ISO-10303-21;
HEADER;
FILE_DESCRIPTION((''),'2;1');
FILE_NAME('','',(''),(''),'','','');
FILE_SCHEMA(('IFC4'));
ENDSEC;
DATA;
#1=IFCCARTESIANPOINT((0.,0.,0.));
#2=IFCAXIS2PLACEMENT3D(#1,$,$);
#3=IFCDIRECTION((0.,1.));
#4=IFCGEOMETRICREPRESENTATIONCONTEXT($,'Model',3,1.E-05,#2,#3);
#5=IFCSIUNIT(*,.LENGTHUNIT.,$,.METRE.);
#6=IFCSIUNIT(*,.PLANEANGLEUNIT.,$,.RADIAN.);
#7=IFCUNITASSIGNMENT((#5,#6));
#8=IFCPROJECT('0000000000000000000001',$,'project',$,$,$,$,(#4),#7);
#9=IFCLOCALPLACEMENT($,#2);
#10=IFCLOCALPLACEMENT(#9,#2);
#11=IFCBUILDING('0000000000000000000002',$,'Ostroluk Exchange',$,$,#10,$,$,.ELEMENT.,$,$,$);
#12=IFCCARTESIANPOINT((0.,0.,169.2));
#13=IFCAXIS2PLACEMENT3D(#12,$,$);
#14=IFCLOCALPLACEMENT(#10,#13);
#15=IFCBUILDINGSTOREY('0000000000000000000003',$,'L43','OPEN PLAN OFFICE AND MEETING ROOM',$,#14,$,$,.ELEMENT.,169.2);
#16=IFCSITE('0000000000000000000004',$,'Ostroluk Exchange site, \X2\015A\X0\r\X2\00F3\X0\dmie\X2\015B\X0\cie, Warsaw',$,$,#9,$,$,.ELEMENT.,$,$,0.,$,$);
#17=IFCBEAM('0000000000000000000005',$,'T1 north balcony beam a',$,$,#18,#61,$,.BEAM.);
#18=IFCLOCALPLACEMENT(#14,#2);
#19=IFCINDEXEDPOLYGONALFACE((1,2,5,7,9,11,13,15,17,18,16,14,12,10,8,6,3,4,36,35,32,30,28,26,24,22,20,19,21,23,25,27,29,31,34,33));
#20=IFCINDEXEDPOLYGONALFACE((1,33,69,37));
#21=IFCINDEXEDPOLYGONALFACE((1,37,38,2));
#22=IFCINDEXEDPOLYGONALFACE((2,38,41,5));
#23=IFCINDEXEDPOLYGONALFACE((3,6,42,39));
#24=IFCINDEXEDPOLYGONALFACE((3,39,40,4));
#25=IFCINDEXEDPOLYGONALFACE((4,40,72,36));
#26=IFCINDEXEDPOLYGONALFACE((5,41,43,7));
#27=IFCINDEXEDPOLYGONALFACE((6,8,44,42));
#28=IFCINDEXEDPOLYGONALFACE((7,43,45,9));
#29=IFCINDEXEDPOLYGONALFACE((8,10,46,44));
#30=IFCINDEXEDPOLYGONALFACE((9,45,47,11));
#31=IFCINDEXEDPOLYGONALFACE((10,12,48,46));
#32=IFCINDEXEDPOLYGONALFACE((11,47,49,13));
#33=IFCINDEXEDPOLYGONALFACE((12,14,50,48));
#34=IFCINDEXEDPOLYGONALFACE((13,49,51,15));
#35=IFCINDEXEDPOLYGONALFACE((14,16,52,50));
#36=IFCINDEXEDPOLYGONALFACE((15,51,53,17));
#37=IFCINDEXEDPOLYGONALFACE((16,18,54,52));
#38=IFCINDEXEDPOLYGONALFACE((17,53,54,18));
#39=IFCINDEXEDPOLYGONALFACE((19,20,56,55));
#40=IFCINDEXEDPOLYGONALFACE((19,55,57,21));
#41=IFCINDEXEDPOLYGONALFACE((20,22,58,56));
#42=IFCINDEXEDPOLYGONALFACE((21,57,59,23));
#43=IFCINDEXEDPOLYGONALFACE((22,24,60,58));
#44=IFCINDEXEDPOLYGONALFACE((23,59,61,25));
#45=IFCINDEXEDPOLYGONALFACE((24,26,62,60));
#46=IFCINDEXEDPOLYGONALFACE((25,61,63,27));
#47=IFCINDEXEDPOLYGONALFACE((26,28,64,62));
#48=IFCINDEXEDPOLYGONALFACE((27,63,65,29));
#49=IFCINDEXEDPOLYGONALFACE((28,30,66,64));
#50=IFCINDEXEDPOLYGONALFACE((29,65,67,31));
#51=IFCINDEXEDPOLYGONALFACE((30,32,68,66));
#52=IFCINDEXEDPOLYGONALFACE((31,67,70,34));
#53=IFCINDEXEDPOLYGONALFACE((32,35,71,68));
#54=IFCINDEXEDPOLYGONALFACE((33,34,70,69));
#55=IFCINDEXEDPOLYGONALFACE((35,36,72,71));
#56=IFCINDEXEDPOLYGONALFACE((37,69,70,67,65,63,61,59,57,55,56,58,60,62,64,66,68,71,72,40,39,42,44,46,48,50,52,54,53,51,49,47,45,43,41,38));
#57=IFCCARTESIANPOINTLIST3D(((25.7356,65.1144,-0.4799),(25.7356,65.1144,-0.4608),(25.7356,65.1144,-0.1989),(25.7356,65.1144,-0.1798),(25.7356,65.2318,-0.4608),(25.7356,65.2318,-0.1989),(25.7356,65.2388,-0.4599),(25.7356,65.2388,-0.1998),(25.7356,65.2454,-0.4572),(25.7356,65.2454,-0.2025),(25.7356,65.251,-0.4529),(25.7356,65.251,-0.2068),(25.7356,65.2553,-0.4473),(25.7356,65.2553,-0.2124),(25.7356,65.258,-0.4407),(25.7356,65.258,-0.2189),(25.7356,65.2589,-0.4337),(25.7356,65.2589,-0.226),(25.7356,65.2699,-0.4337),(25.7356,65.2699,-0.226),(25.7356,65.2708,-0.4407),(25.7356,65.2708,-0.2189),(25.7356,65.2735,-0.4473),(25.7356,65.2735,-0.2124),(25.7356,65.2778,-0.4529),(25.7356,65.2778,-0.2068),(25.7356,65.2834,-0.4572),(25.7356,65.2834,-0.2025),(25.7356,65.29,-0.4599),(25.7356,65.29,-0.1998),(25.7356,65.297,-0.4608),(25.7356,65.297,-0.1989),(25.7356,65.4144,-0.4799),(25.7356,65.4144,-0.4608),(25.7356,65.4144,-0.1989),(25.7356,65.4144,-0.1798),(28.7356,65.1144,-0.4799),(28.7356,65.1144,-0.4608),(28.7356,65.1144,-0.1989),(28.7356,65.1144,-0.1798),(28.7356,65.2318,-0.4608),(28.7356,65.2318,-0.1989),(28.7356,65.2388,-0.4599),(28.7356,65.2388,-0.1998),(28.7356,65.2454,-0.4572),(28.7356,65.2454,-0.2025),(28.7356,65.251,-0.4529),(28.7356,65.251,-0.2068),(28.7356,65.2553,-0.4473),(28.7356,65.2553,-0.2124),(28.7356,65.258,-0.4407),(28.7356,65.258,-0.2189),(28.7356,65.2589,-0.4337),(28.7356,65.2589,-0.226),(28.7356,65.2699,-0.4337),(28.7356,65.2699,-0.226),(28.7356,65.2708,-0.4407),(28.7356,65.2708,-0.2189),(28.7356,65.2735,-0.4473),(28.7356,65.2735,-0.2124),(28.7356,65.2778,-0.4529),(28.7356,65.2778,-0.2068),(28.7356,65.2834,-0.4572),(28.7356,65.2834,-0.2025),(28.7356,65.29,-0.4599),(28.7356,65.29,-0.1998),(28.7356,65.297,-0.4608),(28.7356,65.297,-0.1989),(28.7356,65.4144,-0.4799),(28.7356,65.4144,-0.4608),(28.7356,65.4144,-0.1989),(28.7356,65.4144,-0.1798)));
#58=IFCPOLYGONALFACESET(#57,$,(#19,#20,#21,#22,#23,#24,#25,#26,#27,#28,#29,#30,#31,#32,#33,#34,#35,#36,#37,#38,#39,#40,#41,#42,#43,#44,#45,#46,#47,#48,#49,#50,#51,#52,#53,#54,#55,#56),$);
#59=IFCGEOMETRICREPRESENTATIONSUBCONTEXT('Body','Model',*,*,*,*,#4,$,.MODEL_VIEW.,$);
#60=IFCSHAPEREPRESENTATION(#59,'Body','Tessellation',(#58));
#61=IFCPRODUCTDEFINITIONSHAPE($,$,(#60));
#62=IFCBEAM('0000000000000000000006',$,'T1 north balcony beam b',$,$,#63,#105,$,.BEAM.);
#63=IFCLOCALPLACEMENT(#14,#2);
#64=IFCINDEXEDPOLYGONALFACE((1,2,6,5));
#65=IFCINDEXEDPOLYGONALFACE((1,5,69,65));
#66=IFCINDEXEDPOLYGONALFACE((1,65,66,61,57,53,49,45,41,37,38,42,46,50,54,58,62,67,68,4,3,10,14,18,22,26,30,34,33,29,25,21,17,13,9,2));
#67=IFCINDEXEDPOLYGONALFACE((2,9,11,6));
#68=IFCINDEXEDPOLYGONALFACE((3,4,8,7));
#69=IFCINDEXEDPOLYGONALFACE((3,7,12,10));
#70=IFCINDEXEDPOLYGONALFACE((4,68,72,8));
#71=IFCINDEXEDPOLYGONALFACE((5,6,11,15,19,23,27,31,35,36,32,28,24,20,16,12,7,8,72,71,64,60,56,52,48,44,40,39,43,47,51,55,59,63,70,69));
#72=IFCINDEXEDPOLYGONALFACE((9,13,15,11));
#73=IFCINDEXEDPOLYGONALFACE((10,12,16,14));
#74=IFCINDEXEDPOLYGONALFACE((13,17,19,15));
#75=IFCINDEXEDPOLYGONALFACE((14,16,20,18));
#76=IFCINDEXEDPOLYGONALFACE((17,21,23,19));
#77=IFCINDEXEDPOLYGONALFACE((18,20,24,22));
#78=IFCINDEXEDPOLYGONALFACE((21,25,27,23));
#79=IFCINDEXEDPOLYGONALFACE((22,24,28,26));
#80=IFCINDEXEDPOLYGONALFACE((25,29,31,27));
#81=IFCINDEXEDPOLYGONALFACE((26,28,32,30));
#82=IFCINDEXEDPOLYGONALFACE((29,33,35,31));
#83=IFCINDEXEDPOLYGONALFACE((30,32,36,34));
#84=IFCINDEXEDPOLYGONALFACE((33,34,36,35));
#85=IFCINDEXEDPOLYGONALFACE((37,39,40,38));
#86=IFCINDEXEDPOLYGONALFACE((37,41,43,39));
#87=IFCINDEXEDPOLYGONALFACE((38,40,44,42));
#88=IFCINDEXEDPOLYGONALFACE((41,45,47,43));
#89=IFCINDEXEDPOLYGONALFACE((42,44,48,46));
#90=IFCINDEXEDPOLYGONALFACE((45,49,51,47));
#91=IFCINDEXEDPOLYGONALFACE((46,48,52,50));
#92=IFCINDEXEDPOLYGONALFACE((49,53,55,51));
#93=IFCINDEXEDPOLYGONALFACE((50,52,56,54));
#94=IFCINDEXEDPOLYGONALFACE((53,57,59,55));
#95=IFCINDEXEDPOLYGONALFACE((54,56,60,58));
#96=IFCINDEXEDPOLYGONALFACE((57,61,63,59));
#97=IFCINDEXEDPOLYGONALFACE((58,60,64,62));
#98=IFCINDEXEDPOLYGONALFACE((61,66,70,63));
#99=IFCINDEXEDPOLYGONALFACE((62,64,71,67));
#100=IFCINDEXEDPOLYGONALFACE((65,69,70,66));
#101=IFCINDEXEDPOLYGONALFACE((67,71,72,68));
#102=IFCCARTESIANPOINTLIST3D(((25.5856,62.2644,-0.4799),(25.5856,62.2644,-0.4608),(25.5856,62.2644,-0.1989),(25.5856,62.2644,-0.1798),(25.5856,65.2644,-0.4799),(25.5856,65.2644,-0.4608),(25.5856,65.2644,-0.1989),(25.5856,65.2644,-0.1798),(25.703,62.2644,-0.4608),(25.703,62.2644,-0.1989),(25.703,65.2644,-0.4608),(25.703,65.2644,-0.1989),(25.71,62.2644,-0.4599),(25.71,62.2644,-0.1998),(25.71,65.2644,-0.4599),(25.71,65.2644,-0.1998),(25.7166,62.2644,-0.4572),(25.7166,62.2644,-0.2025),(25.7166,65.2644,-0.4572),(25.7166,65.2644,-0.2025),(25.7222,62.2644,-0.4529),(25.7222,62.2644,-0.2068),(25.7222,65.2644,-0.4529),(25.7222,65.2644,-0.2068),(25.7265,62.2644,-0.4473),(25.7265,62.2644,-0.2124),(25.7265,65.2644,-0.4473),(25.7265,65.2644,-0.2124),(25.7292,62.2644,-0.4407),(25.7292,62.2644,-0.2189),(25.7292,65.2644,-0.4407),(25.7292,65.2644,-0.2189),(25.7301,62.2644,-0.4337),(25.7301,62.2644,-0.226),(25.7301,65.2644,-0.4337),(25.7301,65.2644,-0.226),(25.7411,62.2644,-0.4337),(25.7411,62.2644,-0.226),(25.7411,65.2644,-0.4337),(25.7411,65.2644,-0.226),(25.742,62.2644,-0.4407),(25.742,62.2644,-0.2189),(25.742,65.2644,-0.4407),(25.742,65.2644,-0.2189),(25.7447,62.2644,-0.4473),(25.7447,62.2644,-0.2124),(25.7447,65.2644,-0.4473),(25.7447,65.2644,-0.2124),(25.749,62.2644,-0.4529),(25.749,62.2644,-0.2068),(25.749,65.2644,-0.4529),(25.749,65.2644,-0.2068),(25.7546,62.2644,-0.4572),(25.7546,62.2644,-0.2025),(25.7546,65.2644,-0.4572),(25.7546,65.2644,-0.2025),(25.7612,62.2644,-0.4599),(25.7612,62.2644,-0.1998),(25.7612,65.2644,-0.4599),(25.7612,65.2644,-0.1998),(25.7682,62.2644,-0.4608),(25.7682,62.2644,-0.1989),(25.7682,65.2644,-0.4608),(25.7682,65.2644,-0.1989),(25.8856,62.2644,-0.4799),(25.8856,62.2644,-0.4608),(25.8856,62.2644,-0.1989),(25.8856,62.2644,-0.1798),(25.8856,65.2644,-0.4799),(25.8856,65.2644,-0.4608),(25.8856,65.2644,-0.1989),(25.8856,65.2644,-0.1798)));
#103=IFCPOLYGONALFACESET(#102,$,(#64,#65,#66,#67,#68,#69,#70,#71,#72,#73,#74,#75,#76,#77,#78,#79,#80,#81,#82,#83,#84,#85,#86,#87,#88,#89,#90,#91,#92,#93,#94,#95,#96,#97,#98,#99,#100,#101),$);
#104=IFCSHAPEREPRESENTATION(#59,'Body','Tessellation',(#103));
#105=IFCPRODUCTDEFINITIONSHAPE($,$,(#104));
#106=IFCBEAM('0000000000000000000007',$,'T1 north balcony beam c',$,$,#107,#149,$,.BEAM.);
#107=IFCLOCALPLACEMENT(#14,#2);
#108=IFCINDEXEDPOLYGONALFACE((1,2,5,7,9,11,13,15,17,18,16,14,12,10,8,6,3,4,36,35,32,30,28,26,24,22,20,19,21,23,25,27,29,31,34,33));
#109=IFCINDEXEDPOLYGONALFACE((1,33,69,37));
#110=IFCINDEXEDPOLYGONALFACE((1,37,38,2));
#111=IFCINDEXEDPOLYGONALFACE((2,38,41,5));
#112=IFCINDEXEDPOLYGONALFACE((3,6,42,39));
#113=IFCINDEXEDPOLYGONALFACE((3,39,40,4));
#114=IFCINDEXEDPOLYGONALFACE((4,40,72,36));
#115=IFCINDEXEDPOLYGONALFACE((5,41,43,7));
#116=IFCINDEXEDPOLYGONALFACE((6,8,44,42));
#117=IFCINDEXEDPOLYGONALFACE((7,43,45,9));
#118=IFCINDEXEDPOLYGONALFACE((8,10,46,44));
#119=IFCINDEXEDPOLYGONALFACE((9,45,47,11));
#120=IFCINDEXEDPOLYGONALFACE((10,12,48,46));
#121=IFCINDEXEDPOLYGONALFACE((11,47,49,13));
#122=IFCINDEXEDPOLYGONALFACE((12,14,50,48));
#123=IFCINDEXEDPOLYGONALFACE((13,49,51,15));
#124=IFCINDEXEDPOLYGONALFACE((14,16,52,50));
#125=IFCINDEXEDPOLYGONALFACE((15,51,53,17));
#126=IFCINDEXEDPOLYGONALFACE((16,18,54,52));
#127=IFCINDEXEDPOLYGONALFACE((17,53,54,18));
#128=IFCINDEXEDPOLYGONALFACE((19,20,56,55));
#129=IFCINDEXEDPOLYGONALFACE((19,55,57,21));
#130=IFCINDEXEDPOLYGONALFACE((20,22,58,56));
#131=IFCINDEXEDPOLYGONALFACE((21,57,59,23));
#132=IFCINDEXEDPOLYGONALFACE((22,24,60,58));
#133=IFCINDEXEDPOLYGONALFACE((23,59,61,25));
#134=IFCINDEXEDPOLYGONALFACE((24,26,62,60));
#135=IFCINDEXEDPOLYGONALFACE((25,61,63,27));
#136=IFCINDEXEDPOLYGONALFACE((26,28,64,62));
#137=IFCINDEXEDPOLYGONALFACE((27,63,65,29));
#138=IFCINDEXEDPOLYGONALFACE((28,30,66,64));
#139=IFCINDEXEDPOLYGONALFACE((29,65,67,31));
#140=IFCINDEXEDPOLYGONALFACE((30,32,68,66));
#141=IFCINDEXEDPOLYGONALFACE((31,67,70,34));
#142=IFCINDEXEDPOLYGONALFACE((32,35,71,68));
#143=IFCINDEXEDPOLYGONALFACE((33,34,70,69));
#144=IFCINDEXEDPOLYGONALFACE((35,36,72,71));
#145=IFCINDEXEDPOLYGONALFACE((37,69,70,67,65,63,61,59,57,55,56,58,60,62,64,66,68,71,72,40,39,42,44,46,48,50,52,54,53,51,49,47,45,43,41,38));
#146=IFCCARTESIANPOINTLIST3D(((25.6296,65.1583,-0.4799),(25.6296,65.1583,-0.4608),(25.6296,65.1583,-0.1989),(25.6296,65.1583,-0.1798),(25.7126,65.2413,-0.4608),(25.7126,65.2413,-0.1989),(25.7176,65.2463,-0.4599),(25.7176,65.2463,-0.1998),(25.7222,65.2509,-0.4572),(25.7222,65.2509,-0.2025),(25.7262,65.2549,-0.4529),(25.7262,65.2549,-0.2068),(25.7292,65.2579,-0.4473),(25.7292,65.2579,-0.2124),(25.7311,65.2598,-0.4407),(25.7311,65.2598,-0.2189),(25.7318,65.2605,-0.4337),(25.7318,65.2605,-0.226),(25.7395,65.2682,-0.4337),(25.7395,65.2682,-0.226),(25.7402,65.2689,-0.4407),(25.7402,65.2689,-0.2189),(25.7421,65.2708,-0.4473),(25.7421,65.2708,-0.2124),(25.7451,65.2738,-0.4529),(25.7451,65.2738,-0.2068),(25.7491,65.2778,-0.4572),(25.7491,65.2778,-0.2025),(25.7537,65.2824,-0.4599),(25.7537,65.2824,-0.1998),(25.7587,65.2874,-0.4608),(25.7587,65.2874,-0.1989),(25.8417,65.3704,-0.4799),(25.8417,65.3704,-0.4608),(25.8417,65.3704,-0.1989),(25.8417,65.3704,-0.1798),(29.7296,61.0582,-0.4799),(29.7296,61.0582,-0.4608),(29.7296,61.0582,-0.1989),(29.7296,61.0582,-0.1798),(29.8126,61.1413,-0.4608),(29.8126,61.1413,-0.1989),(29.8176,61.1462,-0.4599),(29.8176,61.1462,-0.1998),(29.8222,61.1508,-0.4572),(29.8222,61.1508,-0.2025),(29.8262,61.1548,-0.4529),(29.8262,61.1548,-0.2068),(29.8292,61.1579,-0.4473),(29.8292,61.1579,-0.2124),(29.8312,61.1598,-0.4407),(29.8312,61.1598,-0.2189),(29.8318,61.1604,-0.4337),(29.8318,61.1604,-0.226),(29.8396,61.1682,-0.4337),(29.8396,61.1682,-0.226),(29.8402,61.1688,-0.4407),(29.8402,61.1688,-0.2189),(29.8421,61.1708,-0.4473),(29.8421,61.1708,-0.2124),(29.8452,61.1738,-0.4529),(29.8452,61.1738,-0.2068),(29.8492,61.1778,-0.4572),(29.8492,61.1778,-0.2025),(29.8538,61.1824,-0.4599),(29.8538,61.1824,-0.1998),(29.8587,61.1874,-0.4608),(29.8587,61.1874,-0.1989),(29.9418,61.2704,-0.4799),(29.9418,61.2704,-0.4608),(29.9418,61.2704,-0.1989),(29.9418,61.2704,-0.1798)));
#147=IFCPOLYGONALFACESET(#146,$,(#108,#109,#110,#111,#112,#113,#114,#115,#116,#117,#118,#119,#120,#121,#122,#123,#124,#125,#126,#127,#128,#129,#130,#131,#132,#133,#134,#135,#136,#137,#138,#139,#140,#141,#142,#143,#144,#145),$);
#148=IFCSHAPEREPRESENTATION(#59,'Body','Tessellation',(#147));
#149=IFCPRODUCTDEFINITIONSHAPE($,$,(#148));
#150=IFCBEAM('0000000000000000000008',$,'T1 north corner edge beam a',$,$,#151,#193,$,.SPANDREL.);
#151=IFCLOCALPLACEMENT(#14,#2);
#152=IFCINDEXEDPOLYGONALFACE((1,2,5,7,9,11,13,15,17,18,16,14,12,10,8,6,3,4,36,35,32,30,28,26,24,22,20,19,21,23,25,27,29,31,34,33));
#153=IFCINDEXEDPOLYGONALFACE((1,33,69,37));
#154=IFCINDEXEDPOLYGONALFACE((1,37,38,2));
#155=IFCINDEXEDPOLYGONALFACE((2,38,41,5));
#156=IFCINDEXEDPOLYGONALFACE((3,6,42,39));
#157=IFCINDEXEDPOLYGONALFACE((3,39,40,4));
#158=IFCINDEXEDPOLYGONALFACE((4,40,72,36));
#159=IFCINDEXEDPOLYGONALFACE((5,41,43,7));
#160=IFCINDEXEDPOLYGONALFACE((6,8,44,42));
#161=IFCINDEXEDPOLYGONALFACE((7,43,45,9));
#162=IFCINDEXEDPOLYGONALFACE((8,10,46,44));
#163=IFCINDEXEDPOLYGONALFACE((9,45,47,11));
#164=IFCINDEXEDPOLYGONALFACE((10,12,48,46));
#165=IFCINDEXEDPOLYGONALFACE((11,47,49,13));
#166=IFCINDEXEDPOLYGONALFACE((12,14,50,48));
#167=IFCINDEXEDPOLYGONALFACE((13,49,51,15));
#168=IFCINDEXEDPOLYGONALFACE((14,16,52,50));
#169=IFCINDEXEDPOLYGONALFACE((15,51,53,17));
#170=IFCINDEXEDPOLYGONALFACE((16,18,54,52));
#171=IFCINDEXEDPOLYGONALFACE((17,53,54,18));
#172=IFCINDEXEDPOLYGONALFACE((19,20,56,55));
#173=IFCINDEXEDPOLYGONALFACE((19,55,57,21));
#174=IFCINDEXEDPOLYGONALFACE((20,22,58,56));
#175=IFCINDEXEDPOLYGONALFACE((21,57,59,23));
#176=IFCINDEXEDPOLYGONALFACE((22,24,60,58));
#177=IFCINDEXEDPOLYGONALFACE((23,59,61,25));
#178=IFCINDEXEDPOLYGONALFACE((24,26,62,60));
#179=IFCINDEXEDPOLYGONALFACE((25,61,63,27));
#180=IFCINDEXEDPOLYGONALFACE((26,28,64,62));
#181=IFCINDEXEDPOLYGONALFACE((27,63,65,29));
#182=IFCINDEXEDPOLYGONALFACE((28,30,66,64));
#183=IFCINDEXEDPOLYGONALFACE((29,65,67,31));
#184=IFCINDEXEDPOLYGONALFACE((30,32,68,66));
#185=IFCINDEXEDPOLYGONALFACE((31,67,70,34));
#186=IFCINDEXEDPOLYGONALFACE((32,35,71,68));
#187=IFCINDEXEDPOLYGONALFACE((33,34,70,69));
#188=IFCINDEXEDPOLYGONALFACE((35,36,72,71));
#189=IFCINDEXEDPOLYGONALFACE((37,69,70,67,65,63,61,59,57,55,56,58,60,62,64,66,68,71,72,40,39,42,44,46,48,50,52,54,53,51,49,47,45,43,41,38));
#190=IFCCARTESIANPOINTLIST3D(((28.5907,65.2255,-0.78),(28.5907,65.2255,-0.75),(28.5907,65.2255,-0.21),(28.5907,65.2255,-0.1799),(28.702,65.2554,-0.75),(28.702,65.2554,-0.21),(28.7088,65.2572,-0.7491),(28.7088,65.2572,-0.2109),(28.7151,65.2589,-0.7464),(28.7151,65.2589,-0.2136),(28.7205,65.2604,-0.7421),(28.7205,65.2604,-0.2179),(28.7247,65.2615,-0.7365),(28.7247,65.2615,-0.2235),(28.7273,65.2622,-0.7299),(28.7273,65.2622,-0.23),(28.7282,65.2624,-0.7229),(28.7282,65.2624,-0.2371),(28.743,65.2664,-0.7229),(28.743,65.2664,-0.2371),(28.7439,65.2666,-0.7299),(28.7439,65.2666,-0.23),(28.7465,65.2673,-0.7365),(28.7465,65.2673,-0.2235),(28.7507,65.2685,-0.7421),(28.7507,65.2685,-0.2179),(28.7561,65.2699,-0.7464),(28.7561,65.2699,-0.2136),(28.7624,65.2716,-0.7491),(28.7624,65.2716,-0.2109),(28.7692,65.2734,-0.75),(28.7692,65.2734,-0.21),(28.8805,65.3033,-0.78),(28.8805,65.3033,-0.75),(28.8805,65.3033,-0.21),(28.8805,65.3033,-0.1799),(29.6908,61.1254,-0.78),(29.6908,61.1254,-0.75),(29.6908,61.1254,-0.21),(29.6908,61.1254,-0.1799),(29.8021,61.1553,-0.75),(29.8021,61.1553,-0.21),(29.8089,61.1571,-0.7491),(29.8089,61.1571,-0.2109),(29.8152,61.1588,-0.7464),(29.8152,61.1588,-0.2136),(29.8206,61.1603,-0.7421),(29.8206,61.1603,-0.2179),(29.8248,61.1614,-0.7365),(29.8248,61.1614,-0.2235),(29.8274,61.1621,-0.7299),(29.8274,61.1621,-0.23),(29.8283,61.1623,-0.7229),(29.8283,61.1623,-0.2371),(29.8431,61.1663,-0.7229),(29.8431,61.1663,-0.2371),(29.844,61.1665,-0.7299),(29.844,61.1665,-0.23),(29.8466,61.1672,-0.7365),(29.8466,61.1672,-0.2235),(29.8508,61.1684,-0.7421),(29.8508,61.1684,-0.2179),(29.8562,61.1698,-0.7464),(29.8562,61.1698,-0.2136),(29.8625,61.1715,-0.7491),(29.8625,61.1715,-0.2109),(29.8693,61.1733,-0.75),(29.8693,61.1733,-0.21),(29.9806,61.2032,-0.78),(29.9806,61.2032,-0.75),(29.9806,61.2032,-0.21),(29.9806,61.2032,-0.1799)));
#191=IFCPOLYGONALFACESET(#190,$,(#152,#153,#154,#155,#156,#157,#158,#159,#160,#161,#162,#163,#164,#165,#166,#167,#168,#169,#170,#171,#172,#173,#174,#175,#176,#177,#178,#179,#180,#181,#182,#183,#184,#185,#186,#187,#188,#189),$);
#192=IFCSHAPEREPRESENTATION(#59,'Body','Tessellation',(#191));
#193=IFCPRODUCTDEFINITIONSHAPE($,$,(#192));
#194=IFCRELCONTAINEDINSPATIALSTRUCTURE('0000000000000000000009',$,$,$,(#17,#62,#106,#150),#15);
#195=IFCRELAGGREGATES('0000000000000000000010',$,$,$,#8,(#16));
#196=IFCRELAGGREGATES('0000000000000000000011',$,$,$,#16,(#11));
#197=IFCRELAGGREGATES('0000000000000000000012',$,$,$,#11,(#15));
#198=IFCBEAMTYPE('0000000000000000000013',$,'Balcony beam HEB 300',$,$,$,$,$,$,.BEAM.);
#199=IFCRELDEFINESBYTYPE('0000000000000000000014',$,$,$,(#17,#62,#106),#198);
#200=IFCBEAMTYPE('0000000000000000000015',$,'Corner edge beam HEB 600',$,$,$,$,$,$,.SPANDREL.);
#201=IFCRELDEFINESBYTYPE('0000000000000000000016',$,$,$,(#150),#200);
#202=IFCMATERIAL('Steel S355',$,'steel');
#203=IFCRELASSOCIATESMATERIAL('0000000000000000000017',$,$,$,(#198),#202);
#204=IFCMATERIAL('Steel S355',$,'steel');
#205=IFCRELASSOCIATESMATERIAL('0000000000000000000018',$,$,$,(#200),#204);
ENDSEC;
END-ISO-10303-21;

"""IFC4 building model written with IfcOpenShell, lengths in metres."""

from ifc_helpers import new_model, si_unit, direction, frame, origin, origin_2d, place, context, subcontext, project, spatial, i_section, extrude, material, material_profile, profile_set, type_object, element, save


model = new_model("IFC4")

# Units and contexts
model_context = context("Model", 3, precision=1e-05, world=origin(), true_north=direction((0.0, 1.0)))
body_context = subcontext(model_context, "Body", "Model", "MODEL_VIEW")
ifc_project = project(units=[si_unit("LENGTHUNIT", "METRE"), si_unit("PLANEANGLEUNIT", "RADIAN")], contexts=[model_context])

# Site, building, storey
site_placement = place(None, origin())
site = spatial("IfcSite", under=ifc_project, at=site_placement, Name="Ostroluk Exchange site, Śródmieście, Warsaw", CompositionType="ELEMENT", RefElevation=0.0)
building_placement = place(site_placement, origin())
building = spatial("IfcBuilding", under=site, at=building_placement, Name="Ostroluk Exchange", CompositionType="ELEMENT")
storey_placement = place(building_placement, frame((0.0, 0.0, 169.2)))
storey = spatial("IfcBuildingStorey", under=building, at=storey_placement, Name="L43", Description="OPEN PLAN OFFICE AND MEETING ROOM", CompositionType="ELEMENT", Elevation=169.2)

# Beams
ifc_material_1 = material(Name="Steel S355", Category="steel")
ifc_material_profile_1 = material_profile(ifc_material_1, i_section(OverallWidth=0.3, OverallDepth=0.3, WebThickness=0.011, FlangeThickness=0.019, FilletRadius=0.0271, at=origin_2d()), Name="HEB 300")
ifc_profile_set_1 = profile_set([ifc_material_profile_1], Name="Steel S355")
beam_type_1 = type_object("IfcBeamType", Name="Balcony beam HEB 300", PredefinedType="BEAM", material=ifc_profile_set_1)
for number, where, z_axis, x_axis, name in (
    (1, (28.7356, 65.2644, -0.3298), (-1.0, 0.0, 0.0), (0.0, -1.0, 0.0), "T1 north balcony beam a"),
    (2, (25.7356, 62.2644, -0.3298), (0.0, 1.0, 0.0), (-1.0, 0.0, 0.0), "T1 north balcony beam b"),
):
    element("IfcBeam", number, at=place(storey_placement, frame(where, z_axis=z_axis, x_axis=x_axis)), inside=storey, type_object=beam_type_1, Name=name, PredefinedType="BEAM", context=body_context, shape_type="SweptSolid", body=[
        extrude(i_section(OverallWidth=0.3, OverallDepth=0.3, WebThickness=0.011, FlangeThickness=0.019, FilletRadius=0.0271, at=origin_2d()), origin(), (0.0, 0.0, 1.0), 3.0),
    ])
beam_1_placement = place(storey_placement, frame((29.8357, 61.1643, -0.3298), z_axis=(-0.707107, 0.707107, 0.0), x_axis=(-0.707107, -0.707107, 0.0)))
element("IfcBeam", 3, at=beam_1_placement, inside=storey, type_object=beam_type_1, Name="T1 north balcony beam c", PredefinedType="BEAM", context=body_context, shape_type="SweptSolid", body=[
    extrude(i_section(OverallWidth=0.3, OverallDepth=0.3, WebThickness=0.011, FlangeThickness=0.019, FilletRadius=0.0271, at=origin_2d()), origin(), (0.0, 0.0, 1.0), 5.7983),
])
ifc_material_2 = material(Name="Steel S355", Category="steel")
ifc_material_profile_2 = material_profile(ifc_material_2, i_section(OverallWidth=0.3, OverallDepth=0.6001, WebThickness=0.0154, FlangeThickness=0.03, FilletRadius=0.0271, at=origin_2d()), Name="HEB 600")
ifc_profile_set_2 = profile_set([ifc_material_profile_2], Name="Steel S355")
beam_type_2 = type_object("IfcBeamType", Name="Corner edge beam HEB 600", PredefinedType="SPANDREL", material=ifc_profile_set_2)
for number, where, z_axis, x_axis, name in (
    (4, (29.8357, 61.1643, -0.48), (-0.259144, 0.965839, 0.0), (-0.965839, -0.259144, 0.0), "T1 north corner edge beam a"),
):
    element("IfcBeam", number, at=place(storey_placement, frame(where, z_axis=z_axis, x_axis=x_axis)), inside=storey, type_object=beam_type_2, Name=name, PredefinedType="SPANDREL", context=body_context, shape_type="SweptSolid", body=[
        extrude(i_section(OverallWidth=0.3, OverallDepth=0.6001, WebThickness=0.0154, FlangeThickness=0.03, FilletRadius=0.0271, at=origin_2d()), origin(), (0.0, 0.0, 1.0), 4.2451),
    ])

save(model, "model.ifc")
